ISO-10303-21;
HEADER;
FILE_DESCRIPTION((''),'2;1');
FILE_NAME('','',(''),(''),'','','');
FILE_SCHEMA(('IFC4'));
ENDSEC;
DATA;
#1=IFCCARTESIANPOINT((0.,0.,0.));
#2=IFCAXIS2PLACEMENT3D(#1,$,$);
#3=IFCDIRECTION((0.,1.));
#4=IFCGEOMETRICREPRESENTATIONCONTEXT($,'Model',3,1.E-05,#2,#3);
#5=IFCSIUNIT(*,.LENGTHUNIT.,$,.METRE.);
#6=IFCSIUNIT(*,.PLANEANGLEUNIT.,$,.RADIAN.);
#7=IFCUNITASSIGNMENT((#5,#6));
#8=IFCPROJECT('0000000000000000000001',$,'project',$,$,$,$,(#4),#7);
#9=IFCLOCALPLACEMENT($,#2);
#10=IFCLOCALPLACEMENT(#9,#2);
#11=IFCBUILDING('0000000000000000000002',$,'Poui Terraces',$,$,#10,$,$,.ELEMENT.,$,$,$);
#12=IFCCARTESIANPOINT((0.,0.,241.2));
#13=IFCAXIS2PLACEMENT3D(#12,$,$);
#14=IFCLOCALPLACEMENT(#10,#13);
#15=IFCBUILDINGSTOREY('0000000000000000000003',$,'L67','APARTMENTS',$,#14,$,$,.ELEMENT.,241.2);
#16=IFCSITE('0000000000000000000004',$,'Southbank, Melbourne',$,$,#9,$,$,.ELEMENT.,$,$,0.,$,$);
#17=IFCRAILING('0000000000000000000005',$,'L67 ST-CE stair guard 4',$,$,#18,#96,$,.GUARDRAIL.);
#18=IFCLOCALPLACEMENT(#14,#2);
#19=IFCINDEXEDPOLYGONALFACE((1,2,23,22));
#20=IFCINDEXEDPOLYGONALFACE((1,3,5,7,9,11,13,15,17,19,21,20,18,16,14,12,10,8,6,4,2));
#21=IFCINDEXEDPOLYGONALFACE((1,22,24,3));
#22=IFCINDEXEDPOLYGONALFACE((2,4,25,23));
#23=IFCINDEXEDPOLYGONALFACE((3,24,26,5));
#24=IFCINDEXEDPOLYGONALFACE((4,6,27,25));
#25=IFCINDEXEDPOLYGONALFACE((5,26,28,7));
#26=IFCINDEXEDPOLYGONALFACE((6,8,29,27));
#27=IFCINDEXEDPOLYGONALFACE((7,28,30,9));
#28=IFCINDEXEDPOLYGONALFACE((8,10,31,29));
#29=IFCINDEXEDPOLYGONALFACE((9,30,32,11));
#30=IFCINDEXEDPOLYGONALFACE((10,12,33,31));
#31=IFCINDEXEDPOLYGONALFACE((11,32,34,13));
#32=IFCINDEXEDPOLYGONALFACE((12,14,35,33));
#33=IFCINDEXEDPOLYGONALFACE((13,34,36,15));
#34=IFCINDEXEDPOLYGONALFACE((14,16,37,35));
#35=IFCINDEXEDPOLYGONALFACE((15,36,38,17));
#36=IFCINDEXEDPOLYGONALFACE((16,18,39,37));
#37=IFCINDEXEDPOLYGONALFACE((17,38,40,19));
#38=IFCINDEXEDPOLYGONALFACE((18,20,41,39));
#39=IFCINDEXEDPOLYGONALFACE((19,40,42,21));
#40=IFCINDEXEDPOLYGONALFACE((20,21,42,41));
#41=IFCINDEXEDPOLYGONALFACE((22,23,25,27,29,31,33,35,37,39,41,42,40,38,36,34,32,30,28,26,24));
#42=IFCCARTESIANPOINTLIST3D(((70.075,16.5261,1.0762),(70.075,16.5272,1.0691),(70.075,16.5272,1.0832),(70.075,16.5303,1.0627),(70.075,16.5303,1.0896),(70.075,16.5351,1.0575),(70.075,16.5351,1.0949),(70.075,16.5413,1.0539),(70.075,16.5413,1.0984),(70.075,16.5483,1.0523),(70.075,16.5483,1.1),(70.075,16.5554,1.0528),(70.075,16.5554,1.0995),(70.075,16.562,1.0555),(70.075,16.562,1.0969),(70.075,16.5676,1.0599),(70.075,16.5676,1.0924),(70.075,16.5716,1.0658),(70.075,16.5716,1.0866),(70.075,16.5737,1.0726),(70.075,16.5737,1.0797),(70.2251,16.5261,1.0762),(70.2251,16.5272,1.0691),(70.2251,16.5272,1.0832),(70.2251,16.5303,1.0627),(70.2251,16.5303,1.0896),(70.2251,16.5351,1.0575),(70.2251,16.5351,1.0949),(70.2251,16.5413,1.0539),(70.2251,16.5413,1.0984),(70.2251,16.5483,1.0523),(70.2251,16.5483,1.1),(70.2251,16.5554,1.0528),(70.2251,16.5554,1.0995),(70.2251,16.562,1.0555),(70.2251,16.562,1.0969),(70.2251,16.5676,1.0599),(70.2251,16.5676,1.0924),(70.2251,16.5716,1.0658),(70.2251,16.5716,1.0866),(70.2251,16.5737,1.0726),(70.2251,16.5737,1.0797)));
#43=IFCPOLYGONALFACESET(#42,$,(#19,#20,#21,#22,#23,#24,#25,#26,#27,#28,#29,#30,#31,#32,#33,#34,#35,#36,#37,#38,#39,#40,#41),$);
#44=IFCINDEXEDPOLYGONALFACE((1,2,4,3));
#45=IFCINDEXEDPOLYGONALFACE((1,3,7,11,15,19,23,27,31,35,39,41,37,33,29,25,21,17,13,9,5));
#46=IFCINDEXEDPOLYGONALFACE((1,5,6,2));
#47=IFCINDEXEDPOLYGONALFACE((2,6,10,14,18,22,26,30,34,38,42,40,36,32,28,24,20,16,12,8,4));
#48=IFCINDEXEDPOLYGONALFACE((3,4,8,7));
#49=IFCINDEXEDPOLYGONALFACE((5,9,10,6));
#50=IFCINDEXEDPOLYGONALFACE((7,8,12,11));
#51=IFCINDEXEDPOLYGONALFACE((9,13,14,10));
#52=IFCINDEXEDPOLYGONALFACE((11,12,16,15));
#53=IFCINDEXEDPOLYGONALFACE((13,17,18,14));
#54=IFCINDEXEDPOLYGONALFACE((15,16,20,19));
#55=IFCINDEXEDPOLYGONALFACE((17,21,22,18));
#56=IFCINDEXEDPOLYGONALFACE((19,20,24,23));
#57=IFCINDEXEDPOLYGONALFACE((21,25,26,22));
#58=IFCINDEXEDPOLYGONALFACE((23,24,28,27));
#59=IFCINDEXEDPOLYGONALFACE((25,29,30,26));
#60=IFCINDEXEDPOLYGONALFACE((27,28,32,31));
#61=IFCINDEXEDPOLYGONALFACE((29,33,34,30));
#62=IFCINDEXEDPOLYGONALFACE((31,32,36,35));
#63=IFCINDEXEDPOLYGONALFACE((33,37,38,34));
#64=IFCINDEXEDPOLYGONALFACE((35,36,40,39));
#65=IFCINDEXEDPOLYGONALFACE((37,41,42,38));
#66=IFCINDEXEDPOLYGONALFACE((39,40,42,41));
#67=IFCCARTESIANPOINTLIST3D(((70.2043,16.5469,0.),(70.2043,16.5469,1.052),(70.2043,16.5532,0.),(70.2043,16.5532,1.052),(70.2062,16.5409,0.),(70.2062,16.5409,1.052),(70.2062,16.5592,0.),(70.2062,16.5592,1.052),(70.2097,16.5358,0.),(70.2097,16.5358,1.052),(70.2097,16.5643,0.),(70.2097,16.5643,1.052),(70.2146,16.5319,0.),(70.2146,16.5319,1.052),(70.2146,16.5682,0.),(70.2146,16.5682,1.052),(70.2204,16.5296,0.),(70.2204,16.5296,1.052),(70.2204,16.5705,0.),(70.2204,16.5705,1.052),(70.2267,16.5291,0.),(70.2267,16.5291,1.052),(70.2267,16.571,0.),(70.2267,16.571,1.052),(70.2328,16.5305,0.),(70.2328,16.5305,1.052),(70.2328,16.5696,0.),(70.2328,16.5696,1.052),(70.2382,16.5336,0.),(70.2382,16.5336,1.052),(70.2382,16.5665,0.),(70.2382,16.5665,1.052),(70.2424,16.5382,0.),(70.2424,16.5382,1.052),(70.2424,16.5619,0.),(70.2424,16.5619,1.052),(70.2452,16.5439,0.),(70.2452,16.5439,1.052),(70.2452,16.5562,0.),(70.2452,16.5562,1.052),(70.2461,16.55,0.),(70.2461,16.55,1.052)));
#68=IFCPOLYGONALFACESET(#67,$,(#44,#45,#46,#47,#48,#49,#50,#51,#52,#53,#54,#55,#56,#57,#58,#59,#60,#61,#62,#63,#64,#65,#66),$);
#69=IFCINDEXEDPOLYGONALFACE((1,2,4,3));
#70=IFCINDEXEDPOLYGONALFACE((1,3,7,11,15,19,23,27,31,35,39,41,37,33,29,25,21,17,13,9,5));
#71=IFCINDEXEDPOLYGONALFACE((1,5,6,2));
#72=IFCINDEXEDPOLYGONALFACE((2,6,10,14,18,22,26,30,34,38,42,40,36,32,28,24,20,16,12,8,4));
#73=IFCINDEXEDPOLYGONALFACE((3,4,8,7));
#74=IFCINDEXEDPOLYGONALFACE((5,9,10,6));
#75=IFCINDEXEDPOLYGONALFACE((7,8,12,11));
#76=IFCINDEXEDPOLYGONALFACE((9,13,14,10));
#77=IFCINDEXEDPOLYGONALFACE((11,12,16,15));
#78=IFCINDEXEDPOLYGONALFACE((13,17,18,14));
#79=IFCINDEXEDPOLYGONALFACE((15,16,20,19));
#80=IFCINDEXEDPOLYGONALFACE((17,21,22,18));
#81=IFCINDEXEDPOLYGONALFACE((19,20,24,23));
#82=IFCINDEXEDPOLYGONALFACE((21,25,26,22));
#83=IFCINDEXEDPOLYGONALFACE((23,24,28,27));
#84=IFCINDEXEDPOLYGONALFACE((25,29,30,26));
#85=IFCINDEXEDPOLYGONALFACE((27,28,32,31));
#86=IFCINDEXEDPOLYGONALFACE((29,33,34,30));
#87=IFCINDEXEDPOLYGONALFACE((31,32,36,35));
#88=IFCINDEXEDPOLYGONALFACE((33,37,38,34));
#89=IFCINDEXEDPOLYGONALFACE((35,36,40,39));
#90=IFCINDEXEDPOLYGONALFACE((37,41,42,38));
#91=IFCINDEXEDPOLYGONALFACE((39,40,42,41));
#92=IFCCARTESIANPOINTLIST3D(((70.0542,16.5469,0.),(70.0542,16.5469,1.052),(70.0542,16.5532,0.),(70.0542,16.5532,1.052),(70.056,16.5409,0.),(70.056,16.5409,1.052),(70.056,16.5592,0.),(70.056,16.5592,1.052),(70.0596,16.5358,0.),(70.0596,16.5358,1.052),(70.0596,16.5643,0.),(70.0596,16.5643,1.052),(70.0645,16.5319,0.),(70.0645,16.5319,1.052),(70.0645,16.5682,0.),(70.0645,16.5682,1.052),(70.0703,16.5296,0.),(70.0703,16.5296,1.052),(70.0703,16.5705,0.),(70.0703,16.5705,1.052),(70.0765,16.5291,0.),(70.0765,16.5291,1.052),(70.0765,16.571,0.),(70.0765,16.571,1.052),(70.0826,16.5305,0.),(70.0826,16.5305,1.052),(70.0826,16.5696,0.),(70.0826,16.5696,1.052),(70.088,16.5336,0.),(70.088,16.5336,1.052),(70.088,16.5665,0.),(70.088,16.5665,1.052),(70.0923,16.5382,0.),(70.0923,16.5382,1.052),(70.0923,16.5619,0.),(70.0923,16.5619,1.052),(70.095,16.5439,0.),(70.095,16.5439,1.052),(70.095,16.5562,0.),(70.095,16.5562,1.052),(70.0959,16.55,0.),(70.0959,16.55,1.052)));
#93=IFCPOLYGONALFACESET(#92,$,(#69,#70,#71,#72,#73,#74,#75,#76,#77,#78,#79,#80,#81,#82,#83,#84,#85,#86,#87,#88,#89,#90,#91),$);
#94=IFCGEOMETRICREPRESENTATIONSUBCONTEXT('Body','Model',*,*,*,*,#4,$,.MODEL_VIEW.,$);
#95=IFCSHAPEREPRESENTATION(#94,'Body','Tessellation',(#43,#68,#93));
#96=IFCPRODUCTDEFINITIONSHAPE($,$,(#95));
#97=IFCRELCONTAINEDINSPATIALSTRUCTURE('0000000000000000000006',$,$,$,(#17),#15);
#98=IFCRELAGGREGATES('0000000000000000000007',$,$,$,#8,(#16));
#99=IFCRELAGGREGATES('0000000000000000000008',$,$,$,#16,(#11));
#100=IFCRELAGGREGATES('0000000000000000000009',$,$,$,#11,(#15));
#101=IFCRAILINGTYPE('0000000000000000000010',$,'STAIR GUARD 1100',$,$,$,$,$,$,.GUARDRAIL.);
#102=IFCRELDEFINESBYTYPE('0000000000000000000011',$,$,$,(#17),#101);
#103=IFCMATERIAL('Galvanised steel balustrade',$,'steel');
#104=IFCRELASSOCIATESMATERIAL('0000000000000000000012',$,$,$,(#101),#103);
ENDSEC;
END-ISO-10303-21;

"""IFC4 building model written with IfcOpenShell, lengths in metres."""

from ifc_helpers import new_model, si_unit, direction, frame, origin, origin_2d, place, context, subcontext, project, spatial, circle, extrude, material, type_object, element, save


model = new_model("IFC4")

# Units and contexts
model_context = context("Model", 3, precision=1e-05, world=origin(), true_north=direction((0.0, 1.0)))
body_context = subcontext(model_context, "Body", "Model", "MODEL_VIEW")
ifc_project = project(units=[si_unit("LENGTHUNIT", "METRE"), si_unit("PLANEANGLEUNIT", "RADIAN")], contexts=[model_context])

# Site, building, storey
site_placement = place(None, origin())
site = spatial("IfcSite", under=ifc_project, at=site_placement, Name="Southbank, Melbourne", CompositionType="ELEMENT", RefElevation=0.0)
building_placement = place(site_placement, origin())
building = spatial("IfcBuilding", under=site, at=building_placement, Name="Poui Terraces", CompositionType="ELEMENT")
storey_placement = place(building_placement, frame((0.0, 0.0, 241.2)))
storey = spatial("IfcBuildingStorey", under=building, at=storey_placement, Name="L67", Description="APARTMENTS", CompositionType="ELEMENT", Elevation=241.2)

# Railing
ifc_material_1 = material(Name="Galvanised steel balustrade", Category="steel")
railing_type_1 = type_object("IfcRailingType", Name="STAIR GUARD 1100", PredefinedType="GUARDRAIL", material=ifc_material_1)
railing_1_placement = place(storey_placement, frame((70.2251, 16.55, 0.0)))
element("IfcRailing", 1, at=railing_1_placement, inside=storey, type_object=railing_type_1, Name="L67 ST-CE stair guard 4", PredefinedType="GUARDRAIL", context=body_context, shape_type="SweptSolid", body=[
    extrude(circle(Radius=0.0239, at=origin_2d()), frame((0.0, 0.0, 1.0762), z_axis=(-1.0, 0.0, 0.0), x_axis=(0.0, -1.0, 0.0)), (0.0, 0.0, 1.0), 0.1501),
    extrude(circle(Radius=0.021, at=origin_2d()), origin(), (0.0, 0.0, 1.0), 1.052),
    extrude(circle(Radius=0.021, at=origin_2d()), frame((-0.1501, 0.0, 0.0)), (0.0, 0.0, 1.0), 1.052),
])

save(model, "model.ifc")
